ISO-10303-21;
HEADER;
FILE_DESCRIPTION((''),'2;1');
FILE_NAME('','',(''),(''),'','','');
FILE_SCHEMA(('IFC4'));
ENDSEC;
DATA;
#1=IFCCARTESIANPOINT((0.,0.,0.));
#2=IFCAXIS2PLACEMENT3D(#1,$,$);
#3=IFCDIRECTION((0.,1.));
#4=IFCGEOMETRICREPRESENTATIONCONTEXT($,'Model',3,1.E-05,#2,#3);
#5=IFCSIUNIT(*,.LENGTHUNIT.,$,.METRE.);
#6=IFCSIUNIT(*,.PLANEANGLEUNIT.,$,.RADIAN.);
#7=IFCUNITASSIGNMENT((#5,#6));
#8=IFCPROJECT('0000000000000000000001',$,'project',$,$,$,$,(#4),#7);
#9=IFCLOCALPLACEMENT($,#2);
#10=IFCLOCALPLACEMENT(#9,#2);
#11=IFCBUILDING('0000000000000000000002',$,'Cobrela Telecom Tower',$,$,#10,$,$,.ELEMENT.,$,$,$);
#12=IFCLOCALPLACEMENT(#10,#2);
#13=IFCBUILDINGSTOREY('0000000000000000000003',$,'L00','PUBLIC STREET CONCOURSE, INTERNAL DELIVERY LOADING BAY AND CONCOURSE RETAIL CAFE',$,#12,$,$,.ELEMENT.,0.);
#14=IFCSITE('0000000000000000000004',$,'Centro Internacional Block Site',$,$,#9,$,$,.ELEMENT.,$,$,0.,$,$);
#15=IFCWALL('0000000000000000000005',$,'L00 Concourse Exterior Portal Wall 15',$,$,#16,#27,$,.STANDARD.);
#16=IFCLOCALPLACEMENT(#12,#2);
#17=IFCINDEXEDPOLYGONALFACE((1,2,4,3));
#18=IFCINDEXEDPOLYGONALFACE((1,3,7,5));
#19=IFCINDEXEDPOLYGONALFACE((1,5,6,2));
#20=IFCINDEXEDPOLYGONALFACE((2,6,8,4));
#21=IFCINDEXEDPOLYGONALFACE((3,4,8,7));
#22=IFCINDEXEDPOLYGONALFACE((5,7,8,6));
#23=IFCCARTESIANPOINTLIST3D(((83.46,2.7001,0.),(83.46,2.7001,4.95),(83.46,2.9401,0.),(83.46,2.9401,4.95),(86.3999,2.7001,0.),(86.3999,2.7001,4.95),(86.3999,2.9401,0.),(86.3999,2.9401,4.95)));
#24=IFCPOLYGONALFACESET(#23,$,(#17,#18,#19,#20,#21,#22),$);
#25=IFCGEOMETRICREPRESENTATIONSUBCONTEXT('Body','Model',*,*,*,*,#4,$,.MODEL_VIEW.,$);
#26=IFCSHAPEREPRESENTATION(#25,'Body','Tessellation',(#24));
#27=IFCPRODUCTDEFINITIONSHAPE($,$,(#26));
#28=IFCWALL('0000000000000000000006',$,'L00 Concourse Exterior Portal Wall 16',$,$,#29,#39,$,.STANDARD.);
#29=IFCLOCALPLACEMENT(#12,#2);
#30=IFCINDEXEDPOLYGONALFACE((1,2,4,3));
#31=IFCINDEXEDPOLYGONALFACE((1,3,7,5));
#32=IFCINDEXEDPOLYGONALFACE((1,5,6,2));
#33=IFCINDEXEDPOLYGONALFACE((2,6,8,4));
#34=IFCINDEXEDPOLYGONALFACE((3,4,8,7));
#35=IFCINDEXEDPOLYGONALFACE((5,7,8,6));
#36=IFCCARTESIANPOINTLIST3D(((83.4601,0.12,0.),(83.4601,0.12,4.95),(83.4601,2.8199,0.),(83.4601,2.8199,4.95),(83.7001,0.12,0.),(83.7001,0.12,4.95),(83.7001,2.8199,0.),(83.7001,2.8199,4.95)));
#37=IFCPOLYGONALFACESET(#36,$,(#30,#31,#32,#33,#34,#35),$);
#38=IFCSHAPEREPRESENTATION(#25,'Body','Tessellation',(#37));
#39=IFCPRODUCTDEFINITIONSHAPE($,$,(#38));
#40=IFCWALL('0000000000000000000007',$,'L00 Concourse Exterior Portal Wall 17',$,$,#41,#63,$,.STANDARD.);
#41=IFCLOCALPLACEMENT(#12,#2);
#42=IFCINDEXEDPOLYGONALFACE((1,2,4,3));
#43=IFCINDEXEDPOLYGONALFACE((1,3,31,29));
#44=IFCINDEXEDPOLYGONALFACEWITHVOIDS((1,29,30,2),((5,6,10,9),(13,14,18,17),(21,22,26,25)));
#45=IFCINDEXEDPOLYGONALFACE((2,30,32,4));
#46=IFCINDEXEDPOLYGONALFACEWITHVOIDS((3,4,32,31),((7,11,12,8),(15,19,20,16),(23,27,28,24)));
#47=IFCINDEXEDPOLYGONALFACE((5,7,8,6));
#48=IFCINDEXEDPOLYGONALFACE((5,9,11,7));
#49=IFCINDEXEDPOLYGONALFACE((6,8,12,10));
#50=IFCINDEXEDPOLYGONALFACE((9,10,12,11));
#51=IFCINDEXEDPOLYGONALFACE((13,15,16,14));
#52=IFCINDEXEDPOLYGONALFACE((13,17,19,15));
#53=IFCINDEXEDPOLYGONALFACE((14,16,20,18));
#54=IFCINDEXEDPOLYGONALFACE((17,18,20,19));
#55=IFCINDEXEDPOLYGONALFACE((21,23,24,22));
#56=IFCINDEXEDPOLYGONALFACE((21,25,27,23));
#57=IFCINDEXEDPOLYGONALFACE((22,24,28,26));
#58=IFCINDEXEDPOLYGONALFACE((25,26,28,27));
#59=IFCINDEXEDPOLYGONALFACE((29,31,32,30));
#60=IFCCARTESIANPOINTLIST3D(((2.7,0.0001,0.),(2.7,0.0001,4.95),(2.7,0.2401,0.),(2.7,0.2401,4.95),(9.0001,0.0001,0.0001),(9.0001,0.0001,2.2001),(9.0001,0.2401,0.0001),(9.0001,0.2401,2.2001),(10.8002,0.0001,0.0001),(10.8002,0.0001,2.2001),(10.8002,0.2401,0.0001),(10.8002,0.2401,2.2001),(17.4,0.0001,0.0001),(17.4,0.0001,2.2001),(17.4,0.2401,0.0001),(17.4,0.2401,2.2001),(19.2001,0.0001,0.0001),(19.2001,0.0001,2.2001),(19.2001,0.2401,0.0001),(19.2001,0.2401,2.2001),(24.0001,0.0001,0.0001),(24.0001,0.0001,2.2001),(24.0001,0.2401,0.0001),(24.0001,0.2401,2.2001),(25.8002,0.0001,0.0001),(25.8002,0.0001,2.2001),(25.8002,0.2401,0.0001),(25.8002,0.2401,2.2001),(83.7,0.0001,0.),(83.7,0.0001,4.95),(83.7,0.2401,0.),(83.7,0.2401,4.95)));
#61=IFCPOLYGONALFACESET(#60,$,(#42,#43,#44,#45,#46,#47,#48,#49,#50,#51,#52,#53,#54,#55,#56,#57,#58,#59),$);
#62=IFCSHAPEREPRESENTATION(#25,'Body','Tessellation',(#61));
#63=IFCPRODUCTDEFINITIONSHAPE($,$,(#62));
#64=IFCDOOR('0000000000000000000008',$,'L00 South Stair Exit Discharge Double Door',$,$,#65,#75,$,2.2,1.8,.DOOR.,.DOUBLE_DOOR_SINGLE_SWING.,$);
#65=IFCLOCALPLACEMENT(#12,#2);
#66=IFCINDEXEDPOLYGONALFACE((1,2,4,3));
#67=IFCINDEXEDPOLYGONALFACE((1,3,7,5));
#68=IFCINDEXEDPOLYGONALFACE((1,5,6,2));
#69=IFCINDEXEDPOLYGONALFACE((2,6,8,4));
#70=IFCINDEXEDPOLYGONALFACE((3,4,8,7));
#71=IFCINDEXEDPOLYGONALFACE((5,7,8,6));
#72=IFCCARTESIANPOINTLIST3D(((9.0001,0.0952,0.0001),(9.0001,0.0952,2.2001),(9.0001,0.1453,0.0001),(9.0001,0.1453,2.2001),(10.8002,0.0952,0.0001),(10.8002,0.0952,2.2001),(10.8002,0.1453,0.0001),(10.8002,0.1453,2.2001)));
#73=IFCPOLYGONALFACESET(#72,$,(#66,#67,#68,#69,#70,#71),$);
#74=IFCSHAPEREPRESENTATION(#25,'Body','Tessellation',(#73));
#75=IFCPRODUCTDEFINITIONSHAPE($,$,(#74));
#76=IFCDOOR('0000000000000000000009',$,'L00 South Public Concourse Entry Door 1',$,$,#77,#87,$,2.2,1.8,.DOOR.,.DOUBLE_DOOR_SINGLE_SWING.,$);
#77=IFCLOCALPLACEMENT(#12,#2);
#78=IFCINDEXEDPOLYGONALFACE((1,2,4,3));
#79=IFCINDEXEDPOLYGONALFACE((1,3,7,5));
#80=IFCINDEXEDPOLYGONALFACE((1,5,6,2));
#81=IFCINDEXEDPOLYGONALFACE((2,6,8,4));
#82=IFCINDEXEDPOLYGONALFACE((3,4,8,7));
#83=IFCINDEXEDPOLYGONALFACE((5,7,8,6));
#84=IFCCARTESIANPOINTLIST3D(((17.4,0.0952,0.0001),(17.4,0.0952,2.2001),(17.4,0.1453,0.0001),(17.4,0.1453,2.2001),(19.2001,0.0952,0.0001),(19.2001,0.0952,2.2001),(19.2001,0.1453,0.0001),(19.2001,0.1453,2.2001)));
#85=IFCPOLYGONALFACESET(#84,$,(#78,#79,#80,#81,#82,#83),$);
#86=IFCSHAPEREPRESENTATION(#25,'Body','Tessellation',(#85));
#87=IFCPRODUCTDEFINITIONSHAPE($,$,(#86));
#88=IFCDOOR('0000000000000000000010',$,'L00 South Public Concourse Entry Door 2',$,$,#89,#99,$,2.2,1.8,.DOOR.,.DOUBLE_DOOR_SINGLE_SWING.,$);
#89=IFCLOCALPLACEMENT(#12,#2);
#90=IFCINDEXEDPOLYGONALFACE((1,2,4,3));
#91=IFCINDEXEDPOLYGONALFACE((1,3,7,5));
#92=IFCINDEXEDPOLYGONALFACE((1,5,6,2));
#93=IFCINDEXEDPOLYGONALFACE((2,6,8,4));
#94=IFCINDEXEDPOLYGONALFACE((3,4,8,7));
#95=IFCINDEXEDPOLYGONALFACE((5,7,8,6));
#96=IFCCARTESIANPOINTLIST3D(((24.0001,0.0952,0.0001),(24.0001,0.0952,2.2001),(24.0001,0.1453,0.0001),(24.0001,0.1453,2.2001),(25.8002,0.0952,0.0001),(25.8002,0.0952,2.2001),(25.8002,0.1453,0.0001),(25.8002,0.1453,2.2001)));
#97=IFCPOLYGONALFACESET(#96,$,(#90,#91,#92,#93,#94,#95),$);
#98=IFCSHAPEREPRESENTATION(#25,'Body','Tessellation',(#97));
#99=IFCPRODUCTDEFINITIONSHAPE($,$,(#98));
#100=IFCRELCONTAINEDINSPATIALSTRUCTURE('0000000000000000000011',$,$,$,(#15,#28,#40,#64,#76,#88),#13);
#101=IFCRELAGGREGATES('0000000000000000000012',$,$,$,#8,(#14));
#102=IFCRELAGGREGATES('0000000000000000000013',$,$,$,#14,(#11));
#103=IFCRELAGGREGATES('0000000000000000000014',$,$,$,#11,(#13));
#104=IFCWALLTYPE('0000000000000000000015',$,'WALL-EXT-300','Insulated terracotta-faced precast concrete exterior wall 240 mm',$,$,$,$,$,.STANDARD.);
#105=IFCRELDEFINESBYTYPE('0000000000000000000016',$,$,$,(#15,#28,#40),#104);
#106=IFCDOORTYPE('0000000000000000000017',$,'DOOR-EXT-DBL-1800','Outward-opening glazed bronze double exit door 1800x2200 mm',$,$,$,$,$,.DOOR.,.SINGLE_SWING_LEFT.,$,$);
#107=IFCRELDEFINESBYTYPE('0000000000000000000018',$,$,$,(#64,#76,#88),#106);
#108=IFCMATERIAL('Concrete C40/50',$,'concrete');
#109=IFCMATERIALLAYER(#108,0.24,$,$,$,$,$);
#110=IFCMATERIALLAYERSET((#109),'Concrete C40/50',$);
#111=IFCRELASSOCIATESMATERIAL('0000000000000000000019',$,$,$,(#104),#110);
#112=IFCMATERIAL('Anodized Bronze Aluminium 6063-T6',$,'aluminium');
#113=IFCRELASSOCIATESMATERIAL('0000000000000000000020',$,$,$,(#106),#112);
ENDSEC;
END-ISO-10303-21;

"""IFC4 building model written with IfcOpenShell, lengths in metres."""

from ifc_helpers import new_model, si_unit, direction, frame, frame_2d, origin, place, context, subcontext, project, spatial, rectangle, extrude, material, layer, layer_set, type_object, element, fill, save


model = new_model("IFC4")

# Units and contexts
model_context = context("Model", 3, precision=1e-05, world=origin(), true_north=direction((0.0, 1.0)))
body_context = subcontext(model_context, "Body", "Model", "MODEL_VIEW")
ifc_project = project(units=[si_unit("LENGTHUNIT", "METRE"), si_unit("PLANEANGLEUNIT", "RADIAN")], contexts=[model_context])

# Site, building, storey
site_placement = place(None, origin())
site = spatial("IfcSite", under=ifc_project, at=site_placement, Name="Centro Internacional Block Site", CompositionType="ELEMENT", RefElevation=0.0)
building_placement = place(site_placement, origin())
building = spatial("IfcBuilding", under=site, at=building_placement, Name="Cobrela Telecom Tower", CompositionType="ELEMENT")
storey_placement = place(building_placement, origin())
storey = spatial("IfcBuildingStorey", under=building, at=storey_placement, Name="L00", Description="PUBLIC STREET CONCOURSE, INTERNAL DELIVERY LOADING BAY AND CONCOURSE RETAIL CAFE", CompositionType="ELEMENT", Elevation=0.0)

# Shared definitions
ifc_material_1 = material(Name="Concrete C40/50", Category="concrete")

# Walls
ifc_layer = layer(ifc_material_1, 0.24)
ifc_layer_set = layer_set([ifc_layer], Name="Concrete C40/50")
wall_type = type_object("IfcWallType", Name="WALL-EXT-300", Description="Insulated terracotta-faced precast concrete exterior wall 240 mm", PredefinedType="STANDARD", material=ifc_layer_set)
wall_1_placement = place(storey_placement, frame((86.3999, 2.8201, 0.0), z_axis=(0.0, 0.0, 1.0), x_axis=(-1.0, 0.0, 0.0)))
element("IfcWall", 1, at=wall_1_placement, inside=storey, type_object=wall_type, Name="L00 Concourse Exterior Portal Wall 15", PredefinedType="STANDARD", context=body_context, shape_type="SweptSolid", body=[
    extrude(rectangle(XDim=2.9399, YDim=0.24, at=frame_2d((1.47, 0.0))), origin(), (0.0, 0.0, 1.0), 4.95),
])
wall_2_placement = place(storey_placement, frame((83.5801, 2.8201, 0.0), z_axis=(0.0, 0.0, 1.0), x_axis=(0.0, -1.0, 0.0)))
element("IfcWall", 2, at=wall_2_placement, inside=storey, type_object=wall_type, Name="L00 Concourse Exterior Portal Wall 16", PredefinedType="STANDARD", context=body_context, shape_type="SweptSolid", body=[
    extrude(rectangle(XDim=2.7, YDim=0.24, at=frame_2d((1.3501, 0.0))), origin(), (0.0, 0.0, 1.0), 4.95),
])

# Wall, openings, doors
wall_3_placement = place(storey_placement, frame((83.7, 0.1201, 0.0), z_axis=(0.0, 0.0, 1.0), x_axis=(-1.0, 0.0, 0.0)))
wall_3 = element("IfcWall", 3, at=wall_3_placement, inside=storey, type_object=wall_type, Name="L00 Concourse Exterior Portal Wall 17", PredefinedType="STANDARD", context=body_context, shape_type="SweptSolid", body=[
    extrude(rectangle(XDim=81.0, YDim=0.24, at=frame_2d((40.5, 0.0))), origin(), (0.0, 0.0, 1.0), 4.95),
])
opening_1_placement = place(wall_3_placement, frame((72.8999, 0.0, 0.0)))
opening_1 = element("IfcOpeningElement", 4, at=opening_1_placement, cuts=wall_3, PredefinedType="OPENING", context=body_context, shape_type="SweptSolid", body=[
    extrude(rectangle(XDim=1.8, YDim=2.2, at=frame_2d((0.8999, 1.1001))), frame((0.0, 0.1318, 0.0), z_axis=(0.0, -1.0, 0.0), x_axis=(1.0, 0.0, 0.0)), (0.0, 0.0, 1.0), 0.2639),
])
opening_2_placement = place(wall_3_placement, frame((64.5, 0.0, 0.0)))
opening_2 = element("IfcOpeningElement", 5, at=opening_2_placement, cuts=wall_3, PredefinedType="OPENING", context=body_context, shape_type="SweptSolid", body=[
    extrude(rectangle(XDim=1.8, YDim=2.2, at=frame_2d((0.8999, 1.1001))), frame((0.0, 0.1318, 0.0), z_axis=(0.0, -1.0, 0.0), x_axis=(1.0, 0.0, 0.0)), (0.0, 0.0, 1.0), 0.2639),
])
opening_3_placement = place(wall_3_placement, frame((57.8999, 0.0, 0.0)))
opening_3 = element("IfcOpeningElement", 6, at=opening_3_placement, cuts=wall_3, PredefinedType="OPENING", context=body_context, shape_type="SweptSolid", body=[
    extrude(rectangle(XDim=1.8, YDim=2.2, at=frame_2d((0.8999, 1.1001))), frame((0.0, 0.1318, 0.0), z_axis=(0.0, -1.0, 0.0), x_axis=(1.0, 0.0, 0.0)), (0.0, 0.0, 1.0), 0.2639),
])
ifc_material_2 = material(Name="Anodized Bronze Aluminium 6063-T6", Category="aluminium")
door_type = type_object("IfcDoorType", Name="DOOR-EXT-DBL-1800", Description="Outward-opening glazed bronze double exit door 1800x2200 mm", OperationType="SINGLE_SWING_LEFT", PredefinedType="DOOR", material=ifc_material_2)
door_1_placement = place(opening_1_placement, origin())
door_1 = element("IfcDoor", 7, at=door_1_placement, inside=storey, type_object=door_type, Name="L00 South Stair Exit Discharge Double Door", OperationType="DOUBLE_DOOR_SINGLE_SWING", OverallHeight=2.2, OverallWidth=1.8, PredefinedType="DOOR", context=body_context, shape_type="SweptSolid", body=[
    extrude(rectangle(XDim=1.8, YDim=2.2, at=frame_2d((0.8999, 1.1001))), frame((0.0, 0.0249, 0.0), z_axis=(0.0, -1.0, 0.0), x_axis=(1.0, 0.0, 0.0)), (0.0, 0.0, 1.0), 0.05),
])
fill(opening_1, door_1)
door_2_placement = place(opening_2_placement, origin())
door_2 = element("IfcDoor", 8, at=door_2_placement, inside=storey, type_object=door_type, Name="L00 South Public Concourse Entry Door 1", OperationType="DOUBLE_DOOR_SINGLE_SWING", OverallHeight=2.2, OverallWidth=1.8, PredefinedType="DOOR", context=body_context, shape_type="SweptSolid", body=[
    extrude(rectangle(XDim=1.8, YDim=2.2, at=frame_2d((0.8999, 1.1001))), frame((0.0, 0.0249, 0.0), z_axis=(0.0, -1.0, 0.0), x_axis=(1.0, 0.0, 0.0)), (0.0, 0.0, 1.0), 0.05),
])
fill(opening_2, door_2)
door_3_placement = place(opening_3_placement, origin())
door_3 = element("IfcDoor", 9, at=door_3_placement, inside=storey, type_object=door_type, Name="L00 South Public Concourse Entry Door 2", OperationType="DOUBLE_DOOR_SINGLE_SWING", OverallHeight=2.2, OverallWidth=1.8, PredefinedType="DOOR", context=body_context, shape_type="SweptSolid", body=[
    extrude(rectangle(XDim=1.8, YDim=2.2, at=frame_2d((0.8999, 1.1001))), frame((0.0, 0.0249, 0.0), z_axis=(0.0, -1.0, 0.0), x_axis=(1.0, 0.0, 0.0)), (0.0, 0.0, 1.0), 0.05),
])
fill(opening_3, door_3)

save(model, "model.ifc")
